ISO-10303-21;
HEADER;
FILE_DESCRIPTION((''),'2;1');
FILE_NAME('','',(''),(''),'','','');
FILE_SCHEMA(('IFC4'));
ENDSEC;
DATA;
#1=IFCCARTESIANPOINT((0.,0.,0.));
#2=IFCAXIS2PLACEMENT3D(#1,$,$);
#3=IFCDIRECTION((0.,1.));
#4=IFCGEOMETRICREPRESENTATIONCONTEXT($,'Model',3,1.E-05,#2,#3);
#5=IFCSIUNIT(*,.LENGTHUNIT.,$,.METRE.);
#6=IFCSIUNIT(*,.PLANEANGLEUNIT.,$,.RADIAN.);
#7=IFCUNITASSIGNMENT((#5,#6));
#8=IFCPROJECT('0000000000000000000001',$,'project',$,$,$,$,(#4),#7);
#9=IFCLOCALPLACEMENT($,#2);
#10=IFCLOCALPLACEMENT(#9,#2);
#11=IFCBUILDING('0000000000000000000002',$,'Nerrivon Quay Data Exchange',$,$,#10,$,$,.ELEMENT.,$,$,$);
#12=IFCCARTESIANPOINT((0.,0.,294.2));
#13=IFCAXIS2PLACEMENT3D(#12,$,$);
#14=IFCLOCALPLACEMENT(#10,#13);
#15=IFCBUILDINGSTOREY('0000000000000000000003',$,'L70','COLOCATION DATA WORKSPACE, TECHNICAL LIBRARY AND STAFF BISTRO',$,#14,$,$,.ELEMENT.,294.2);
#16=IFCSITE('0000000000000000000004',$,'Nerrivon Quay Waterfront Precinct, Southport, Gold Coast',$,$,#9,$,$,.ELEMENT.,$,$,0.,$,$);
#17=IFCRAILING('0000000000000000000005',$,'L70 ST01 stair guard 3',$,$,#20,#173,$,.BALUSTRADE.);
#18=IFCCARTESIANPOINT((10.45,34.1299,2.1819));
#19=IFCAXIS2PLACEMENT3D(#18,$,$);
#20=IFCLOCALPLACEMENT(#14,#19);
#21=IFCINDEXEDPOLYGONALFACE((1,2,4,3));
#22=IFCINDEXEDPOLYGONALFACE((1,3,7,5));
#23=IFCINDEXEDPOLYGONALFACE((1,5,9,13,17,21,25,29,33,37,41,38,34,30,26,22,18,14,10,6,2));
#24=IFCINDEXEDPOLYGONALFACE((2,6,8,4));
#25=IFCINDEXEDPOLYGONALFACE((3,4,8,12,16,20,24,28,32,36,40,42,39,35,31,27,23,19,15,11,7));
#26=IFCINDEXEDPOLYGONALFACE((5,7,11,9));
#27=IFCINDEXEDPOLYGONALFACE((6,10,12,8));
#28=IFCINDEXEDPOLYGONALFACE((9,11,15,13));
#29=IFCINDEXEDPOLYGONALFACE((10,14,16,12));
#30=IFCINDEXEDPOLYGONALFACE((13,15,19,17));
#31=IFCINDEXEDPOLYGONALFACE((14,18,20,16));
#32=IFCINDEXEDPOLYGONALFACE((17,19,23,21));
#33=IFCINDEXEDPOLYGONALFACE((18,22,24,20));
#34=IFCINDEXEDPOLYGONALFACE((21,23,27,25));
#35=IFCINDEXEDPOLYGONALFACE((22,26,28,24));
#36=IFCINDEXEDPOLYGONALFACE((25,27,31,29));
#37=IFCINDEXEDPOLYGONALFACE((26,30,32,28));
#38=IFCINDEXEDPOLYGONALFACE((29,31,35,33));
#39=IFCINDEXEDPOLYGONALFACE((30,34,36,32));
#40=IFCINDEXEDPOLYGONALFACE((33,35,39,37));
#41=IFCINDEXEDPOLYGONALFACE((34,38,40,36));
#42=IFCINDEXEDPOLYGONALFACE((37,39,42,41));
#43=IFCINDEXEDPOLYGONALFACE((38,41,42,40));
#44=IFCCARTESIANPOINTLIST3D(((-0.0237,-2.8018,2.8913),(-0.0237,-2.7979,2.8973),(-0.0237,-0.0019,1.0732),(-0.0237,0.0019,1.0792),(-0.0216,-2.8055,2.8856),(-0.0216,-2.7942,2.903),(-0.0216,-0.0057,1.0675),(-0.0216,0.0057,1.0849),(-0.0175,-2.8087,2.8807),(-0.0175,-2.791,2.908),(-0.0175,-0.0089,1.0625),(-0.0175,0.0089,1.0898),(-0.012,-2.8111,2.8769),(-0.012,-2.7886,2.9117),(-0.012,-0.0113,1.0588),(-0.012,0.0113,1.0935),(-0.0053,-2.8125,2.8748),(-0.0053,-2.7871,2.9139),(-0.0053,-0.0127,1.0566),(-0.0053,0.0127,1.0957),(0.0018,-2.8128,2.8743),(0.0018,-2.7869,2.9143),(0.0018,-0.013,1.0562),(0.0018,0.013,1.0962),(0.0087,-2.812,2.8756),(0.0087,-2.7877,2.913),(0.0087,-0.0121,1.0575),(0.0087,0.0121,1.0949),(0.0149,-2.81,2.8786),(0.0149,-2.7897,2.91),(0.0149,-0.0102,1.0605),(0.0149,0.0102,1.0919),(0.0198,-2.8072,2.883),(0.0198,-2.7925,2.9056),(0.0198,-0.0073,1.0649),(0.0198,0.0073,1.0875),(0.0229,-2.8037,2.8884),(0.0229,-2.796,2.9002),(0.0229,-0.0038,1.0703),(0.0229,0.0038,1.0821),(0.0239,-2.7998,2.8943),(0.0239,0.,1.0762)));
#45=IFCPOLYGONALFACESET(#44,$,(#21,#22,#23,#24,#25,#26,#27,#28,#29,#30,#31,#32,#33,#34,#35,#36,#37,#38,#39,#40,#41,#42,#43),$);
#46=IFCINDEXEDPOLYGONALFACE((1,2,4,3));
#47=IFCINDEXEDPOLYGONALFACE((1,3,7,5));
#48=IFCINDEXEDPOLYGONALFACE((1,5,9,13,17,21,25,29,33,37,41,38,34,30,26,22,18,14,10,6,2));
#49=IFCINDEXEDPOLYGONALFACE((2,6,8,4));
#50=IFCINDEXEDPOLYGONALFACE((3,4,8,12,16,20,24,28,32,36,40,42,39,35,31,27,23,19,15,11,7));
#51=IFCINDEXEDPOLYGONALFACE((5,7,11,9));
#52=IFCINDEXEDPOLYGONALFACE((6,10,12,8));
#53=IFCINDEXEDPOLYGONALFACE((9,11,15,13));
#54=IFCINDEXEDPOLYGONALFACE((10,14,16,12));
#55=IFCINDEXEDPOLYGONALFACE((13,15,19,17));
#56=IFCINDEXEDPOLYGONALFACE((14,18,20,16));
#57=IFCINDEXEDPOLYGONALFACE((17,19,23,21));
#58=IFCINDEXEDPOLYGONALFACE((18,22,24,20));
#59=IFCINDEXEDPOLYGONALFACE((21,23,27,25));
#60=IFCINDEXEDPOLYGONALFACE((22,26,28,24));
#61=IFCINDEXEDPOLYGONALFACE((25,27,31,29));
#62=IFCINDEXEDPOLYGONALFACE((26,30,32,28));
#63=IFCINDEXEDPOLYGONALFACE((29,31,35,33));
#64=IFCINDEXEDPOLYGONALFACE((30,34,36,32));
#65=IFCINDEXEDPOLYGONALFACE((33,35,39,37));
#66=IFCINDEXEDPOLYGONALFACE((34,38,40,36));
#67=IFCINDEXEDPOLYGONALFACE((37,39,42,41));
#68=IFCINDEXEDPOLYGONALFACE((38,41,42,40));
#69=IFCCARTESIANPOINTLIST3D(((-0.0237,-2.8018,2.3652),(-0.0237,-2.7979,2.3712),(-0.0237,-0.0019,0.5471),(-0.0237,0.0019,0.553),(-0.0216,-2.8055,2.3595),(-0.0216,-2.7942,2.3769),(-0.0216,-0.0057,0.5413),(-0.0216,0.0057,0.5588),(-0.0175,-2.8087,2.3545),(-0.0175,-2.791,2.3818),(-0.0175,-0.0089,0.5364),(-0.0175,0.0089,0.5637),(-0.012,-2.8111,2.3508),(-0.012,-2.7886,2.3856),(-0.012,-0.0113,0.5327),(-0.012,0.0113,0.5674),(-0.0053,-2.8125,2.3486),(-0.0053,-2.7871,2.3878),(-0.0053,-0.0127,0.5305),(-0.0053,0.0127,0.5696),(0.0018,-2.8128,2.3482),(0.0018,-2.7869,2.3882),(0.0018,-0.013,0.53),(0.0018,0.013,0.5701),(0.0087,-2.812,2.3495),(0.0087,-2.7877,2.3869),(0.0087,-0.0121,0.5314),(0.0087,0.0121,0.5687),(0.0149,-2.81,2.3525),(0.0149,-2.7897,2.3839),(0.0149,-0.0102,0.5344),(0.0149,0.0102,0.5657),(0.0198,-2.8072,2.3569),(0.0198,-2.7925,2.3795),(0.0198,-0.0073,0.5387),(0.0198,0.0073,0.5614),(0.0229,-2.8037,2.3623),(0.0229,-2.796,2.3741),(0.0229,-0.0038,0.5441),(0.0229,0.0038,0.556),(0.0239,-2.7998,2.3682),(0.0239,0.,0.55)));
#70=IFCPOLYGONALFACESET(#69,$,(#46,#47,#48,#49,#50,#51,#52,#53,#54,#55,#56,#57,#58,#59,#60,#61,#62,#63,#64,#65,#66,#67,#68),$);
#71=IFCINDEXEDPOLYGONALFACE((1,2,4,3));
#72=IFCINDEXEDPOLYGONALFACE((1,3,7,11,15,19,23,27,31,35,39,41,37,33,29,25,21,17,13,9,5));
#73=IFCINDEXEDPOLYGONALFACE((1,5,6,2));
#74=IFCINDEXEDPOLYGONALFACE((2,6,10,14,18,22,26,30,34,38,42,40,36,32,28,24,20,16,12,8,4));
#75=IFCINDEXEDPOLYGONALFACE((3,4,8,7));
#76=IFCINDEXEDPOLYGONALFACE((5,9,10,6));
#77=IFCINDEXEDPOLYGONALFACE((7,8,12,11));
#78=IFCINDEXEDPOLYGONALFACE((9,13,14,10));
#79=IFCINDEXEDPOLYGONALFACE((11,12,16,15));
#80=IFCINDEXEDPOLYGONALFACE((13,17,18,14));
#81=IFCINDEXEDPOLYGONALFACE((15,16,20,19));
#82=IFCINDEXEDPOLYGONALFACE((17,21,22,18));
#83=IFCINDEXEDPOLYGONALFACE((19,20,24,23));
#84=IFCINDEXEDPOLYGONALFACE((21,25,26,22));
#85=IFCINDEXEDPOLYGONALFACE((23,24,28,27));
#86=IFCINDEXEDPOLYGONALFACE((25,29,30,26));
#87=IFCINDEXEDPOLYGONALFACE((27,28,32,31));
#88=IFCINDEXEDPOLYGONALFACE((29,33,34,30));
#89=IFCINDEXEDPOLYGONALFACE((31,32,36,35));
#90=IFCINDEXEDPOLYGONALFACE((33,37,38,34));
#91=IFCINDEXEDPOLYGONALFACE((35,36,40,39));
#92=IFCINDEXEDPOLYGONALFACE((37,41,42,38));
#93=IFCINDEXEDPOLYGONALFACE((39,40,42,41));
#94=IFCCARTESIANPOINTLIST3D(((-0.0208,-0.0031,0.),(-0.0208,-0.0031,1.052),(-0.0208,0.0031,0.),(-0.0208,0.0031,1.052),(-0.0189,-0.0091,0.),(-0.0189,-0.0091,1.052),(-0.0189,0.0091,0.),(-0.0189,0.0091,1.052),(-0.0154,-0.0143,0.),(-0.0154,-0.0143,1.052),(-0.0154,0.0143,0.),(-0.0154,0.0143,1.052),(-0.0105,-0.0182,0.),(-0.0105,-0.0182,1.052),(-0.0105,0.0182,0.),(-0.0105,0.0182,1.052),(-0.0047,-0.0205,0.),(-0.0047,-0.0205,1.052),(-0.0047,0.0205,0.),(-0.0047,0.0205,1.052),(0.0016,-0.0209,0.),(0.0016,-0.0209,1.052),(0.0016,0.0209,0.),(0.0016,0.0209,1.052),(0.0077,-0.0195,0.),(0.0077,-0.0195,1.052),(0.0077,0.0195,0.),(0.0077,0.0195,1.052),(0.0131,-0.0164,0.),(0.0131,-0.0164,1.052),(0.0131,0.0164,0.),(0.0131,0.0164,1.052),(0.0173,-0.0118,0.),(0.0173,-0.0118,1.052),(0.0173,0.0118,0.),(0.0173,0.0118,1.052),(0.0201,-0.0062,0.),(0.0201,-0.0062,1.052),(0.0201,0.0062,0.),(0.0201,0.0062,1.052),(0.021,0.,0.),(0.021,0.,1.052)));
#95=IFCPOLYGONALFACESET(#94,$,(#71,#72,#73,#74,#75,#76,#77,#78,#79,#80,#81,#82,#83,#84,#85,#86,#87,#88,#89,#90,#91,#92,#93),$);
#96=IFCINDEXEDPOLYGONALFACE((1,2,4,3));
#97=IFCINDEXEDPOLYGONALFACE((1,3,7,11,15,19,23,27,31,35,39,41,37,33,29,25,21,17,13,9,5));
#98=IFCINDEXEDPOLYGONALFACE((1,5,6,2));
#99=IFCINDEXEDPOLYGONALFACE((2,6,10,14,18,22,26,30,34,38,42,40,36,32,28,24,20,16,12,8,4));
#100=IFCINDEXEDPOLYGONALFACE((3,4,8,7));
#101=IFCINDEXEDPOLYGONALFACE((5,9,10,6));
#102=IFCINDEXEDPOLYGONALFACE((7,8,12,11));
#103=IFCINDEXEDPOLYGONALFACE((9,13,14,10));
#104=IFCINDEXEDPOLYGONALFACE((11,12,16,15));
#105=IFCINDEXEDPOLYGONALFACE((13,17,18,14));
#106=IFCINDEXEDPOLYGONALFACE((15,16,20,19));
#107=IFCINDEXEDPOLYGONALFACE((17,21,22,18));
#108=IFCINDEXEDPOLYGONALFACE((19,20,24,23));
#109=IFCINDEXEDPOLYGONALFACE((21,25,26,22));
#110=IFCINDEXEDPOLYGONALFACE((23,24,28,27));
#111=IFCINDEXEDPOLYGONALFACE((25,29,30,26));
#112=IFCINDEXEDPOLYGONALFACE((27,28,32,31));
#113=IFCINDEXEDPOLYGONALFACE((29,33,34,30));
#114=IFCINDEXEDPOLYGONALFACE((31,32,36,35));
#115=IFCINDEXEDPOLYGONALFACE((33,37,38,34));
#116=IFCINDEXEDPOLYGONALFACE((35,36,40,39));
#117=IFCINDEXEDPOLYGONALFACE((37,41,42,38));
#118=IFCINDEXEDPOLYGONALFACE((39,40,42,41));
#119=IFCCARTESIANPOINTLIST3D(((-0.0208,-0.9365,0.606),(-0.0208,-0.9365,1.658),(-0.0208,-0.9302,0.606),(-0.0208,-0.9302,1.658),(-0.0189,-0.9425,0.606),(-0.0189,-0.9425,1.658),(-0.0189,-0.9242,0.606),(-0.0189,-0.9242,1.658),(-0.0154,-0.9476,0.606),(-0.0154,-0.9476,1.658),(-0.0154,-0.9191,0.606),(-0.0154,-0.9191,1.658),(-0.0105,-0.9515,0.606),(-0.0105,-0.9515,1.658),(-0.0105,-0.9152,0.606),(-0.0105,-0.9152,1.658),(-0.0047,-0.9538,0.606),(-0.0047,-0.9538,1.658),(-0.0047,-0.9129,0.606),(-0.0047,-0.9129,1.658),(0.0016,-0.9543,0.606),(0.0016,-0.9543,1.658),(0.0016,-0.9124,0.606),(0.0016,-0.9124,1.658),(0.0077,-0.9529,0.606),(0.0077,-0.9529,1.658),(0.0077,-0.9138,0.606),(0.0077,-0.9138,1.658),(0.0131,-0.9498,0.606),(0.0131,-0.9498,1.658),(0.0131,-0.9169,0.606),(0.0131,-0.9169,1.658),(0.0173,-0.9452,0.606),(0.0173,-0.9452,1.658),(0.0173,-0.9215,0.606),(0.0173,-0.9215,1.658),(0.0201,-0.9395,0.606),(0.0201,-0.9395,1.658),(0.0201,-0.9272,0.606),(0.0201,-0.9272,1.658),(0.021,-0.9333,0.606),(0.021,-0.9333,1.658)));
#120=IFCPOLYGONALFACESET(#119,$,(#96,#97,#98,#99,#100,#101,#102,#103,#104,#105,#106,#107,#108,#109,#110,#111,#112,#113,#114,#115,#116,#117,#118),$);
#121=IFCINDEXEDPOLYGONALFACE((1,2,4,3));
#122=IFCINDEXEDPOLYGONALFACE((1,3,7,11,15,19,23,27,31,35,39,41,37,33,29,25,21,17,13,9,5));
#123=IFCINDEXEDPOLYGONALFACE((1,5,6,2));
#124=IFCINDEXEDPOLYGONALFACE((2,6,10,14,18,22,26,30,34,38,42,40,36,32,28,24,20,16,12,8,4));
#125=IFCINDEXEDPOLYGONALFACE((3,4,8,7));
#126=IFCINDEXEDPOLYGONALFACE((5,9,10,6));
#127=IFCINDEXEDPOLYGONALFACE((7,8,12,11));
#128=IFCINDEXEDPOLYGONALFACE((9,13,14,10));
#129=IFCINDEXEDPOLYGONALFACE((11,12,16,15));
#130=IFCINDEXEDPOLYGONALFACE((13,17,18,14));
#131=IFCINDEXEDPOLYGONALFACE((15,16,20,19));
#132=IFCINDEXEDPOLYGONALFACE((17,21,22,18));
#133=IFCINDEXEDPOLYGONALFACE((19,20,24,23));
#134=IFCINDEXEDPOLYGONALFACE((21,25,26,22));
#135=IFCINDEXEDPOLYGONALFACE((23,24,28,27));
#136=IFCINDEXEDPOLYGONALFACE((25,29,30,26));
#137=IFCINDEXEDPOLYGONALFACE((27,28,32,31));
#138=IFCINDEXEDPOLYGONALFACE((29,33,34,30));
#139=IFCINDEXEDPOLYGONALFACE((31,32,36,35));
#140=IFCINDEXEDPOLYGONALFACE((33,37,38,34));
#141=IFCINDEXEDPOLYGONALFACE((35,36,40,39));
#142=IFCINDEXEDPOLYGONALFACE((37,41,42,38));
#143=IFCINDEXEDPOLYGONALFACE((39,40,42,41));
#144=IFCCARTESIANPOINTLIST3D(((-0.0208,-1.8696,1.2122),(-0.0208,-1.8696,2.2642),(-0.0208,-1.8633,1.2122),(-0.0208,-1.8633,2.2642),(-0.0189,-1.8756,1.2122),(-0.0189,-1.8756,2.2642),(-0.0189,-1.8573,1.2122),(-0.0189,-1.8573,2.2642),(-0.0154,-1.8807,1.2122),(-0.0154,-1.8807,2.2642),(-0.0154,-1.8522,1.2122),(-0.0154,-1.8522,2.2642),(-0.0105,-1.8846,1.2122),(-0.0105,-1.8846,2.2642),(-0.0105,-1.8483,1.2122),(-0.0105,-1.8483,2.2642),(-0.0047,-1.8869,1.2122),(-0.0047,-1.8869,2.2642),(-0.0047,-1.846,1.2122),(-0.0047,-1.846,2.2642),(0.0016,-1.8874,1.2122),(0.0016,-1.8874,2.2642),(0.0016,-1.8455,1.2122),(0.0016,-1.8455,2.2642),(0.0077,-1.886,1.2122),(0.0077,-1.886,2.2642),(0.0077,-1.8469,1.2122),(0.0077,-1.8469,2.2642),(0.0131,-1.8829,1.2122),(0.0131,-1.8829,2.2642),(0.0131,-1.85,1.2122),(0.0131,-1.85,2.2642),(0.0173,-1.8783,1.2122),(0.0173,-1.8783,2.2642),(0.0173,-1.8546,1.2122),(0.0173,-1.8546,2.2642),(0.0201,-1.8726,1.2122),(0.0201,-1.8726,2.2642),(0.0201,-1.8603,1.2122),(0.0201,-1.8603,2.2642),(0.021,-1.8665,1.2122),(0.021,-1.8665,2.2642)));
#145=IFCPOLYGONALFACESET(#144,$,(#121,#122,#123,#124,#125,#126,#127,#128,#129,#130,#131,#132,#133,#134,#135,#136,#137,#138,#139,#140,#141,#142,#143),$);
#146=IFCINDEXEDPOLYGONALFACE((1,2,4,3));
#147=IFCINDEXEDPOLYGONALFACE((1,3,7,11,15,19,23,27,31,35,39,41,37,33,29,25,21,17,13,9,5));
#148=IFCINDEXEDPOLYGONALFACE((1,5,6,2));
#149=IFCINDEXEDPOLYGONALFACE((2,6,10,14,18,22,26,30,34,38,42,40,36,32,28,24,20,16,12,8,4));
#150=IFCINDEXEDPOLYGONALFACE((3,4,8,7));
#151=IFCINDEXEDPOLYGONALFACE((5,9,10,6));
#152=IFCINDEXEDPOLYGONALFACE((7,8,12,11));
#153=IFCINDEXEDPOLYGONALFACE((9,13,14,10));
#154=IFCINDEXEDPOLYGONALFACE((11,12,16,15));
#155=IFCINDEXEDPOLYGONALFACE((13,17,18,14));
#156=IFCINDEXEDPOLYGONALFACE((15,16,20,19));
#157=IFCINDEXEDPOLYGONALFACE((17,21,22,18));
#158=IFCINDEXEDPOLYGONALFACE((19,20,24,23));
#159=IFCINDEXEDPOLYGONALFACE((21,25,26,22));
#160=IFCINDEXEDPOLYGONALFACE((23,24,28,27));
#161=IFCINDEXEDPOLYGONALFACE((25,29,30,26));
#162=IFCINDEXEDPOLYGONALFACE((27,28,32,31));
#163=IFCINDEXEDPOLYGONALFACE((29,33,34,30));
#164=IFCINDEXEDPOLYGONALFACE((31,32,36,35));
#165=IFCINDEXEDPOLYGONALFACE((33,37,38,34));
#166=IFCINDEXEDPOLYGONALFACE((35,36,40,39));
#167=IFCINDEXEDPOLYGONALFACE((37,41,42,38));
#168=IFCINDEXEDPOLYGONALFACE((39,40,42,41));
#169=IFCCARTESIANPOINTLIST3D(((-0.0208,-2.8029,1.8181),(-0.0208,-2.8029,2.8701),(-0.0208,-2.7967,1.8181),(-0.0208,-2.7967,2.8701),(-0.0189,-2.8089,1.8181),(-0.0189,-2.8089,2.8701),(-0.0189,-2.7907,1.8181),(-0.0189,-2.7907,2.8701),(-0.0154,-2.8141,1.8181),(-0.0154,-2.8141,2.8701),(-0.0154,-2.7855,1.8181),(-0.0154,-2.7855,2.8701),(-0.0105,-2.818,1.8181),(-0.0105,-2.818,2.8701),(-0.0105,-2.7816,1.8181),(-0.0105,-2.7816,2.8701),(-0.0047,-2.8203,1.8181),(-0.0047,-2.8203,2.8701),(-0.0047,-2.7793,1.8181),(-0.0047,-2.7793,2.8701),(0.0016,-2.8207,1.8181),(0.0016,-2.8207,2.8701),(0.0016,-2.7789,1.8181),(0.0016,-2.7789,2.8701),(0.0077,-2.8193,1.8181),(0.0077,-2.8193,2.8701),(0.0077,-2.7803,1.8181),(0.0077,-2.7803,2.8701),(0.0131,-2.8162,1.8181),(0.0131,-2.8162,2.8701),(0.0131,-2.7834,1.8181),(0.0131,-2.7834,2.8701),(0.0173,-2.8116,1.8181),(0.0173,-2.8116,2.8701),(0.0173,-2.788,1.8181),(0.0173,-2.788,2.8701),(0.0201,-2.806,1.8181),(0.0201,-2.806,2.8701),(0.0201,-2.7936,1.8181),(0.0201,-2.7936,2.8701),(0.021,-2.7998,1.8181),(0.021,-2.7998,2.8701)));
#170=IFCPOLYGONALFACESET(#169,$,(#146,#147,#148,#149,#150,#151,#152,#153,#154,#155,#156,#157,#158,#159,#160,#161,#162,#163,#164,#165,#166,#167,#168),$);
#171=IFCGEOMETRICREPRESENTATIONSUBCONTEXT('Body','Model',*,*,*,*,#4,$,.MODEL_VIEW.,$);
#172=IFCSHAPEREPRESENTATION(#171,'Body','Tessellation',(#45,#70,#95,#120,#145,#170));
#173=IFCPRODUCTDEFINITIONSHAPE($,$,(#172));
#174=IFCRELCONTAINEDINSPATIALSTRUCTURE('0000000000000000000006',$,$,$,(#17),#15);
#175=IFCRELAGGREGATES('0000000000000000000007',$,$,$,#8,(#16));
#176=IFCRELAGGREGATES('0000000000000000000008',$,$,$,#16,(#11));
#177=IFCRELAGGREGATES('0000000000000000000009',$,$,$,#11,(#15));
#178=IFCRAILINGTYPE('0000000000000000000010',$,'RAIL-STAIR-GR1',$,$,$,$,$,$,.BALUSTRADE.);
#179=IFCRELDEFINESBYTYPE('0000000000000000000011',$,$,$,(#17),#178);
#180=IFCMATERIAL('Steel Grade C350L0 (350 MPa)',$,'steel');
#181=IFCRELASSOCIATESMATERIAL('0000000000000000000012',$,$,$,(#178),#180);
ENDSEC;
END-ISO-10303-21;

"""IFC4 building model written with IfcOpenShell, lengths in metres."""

from ifc_helpers import new_model, si_unit, direction, frame, origin, origin_2d, place, context, subcontext, project, spatial, circle, extrude, material, type_object, element, save


model = new_model("IFC4")

# Units and contexts
model_context = context("Model", 3, precision=1e-05, world=origin(), true_north=direction((0.0, 1.0)))
body_context = subcontext(model_context, "Body", "Model", "MODEL_VIEW")
ifc_project = project(units=[si_unit("LENGTHUNIT", "METRE"), si_unit("PLANEANGLEUNIT", "RADIAN")], contexts=[model_context])

# Site, building, storey
site_placement = place(None, origin())
site = spatial("IfcSite", under=ifc_project, at=site_placement, Name="Nerrivon Quay Waterfront Precinct, Southport, Gold Coast", CompositionType="ELEMENT", RefElevation=0.0)
building_placement = place(site_placement, origin())
building = spatial("IfcBuilding", under=site, at=building_placement, Name="Nerrivon Quay Data Exchange", CompositionType="ELEMENT")
storey_placement = place(building_placement, frame((0.0, 0.0, 294.2)))
storey = spatial("IfcBuildingStorey", under=building, at=storey_placement, Name="L70", Description="COLOCATION DATA WORKSPACE, TECHNICAL LIBRARY AND STAFF BISTRO", CompositionType="ELEMENT", Elevation=294.2)

# Shared definitions
ifc_material_1 = material(Name="Steel Grade C350L0 (350 MPa)", Category="steel")

# Railing
railing_type_1 = type_object("IfcRailingType", Name="RAIL-STAIR-GR1", PredefinedType="BALUSTRADE", material=ifc_material_1)
railing_1_placement = place(storey_placement, frame((10.45, 34.1299, 2.1819)))
element("IfcRailing", 1, at=railing_1_placement, inside=storey, type_object=railing_type_1, Name="L70 ST01 stair guard 3", PredefinedType="BALUSTRADE", context=body_context, shape_type="SweptSolid", body=[
    extrude(circle(Radius=0.0239, at=origin_2d()), frame((0.0, 0.0, 1.0762), z_axis=(0.0, -0.838684, 0.544618), x_axis=(1.0, 0.0, 0.0)), (0.0, 0.0, 1.0), 3.3384),
    extrude(circle(Radius=0.0239, at=origin_2d()), frame((0.0, 0.0, 0.55), z_axis=(0.0, -0.838684, 0.544618), x_axis=(1.0, 0.0, 0.0)), (0.0, 0.0, 1.0), 3.3384),
    extrude(circle(Radius=0.021, at=origin_2d()), origin(), (0.0, 0.0, 1.0), 1.052),
    extrude(circle(Radius=0.021, at=origin_2d()), frame((0.0, -0.9333, 0.606)), (0.0, 0.0, 1.0), 1.052),
    extrude(circle(Radius=0.021, at=origin_2d()), frame((0.0, -1.8665, 1.2122)), (0.0, 0.0, 1.0), 1.052),
    extrude(circle(Radius=0.021, at=origin_2d()), frame((0.0, -2.7998, 1.8181)), (0.0, 0.0, 1.0), 1.052),
])

save(model, "model.ifc")
